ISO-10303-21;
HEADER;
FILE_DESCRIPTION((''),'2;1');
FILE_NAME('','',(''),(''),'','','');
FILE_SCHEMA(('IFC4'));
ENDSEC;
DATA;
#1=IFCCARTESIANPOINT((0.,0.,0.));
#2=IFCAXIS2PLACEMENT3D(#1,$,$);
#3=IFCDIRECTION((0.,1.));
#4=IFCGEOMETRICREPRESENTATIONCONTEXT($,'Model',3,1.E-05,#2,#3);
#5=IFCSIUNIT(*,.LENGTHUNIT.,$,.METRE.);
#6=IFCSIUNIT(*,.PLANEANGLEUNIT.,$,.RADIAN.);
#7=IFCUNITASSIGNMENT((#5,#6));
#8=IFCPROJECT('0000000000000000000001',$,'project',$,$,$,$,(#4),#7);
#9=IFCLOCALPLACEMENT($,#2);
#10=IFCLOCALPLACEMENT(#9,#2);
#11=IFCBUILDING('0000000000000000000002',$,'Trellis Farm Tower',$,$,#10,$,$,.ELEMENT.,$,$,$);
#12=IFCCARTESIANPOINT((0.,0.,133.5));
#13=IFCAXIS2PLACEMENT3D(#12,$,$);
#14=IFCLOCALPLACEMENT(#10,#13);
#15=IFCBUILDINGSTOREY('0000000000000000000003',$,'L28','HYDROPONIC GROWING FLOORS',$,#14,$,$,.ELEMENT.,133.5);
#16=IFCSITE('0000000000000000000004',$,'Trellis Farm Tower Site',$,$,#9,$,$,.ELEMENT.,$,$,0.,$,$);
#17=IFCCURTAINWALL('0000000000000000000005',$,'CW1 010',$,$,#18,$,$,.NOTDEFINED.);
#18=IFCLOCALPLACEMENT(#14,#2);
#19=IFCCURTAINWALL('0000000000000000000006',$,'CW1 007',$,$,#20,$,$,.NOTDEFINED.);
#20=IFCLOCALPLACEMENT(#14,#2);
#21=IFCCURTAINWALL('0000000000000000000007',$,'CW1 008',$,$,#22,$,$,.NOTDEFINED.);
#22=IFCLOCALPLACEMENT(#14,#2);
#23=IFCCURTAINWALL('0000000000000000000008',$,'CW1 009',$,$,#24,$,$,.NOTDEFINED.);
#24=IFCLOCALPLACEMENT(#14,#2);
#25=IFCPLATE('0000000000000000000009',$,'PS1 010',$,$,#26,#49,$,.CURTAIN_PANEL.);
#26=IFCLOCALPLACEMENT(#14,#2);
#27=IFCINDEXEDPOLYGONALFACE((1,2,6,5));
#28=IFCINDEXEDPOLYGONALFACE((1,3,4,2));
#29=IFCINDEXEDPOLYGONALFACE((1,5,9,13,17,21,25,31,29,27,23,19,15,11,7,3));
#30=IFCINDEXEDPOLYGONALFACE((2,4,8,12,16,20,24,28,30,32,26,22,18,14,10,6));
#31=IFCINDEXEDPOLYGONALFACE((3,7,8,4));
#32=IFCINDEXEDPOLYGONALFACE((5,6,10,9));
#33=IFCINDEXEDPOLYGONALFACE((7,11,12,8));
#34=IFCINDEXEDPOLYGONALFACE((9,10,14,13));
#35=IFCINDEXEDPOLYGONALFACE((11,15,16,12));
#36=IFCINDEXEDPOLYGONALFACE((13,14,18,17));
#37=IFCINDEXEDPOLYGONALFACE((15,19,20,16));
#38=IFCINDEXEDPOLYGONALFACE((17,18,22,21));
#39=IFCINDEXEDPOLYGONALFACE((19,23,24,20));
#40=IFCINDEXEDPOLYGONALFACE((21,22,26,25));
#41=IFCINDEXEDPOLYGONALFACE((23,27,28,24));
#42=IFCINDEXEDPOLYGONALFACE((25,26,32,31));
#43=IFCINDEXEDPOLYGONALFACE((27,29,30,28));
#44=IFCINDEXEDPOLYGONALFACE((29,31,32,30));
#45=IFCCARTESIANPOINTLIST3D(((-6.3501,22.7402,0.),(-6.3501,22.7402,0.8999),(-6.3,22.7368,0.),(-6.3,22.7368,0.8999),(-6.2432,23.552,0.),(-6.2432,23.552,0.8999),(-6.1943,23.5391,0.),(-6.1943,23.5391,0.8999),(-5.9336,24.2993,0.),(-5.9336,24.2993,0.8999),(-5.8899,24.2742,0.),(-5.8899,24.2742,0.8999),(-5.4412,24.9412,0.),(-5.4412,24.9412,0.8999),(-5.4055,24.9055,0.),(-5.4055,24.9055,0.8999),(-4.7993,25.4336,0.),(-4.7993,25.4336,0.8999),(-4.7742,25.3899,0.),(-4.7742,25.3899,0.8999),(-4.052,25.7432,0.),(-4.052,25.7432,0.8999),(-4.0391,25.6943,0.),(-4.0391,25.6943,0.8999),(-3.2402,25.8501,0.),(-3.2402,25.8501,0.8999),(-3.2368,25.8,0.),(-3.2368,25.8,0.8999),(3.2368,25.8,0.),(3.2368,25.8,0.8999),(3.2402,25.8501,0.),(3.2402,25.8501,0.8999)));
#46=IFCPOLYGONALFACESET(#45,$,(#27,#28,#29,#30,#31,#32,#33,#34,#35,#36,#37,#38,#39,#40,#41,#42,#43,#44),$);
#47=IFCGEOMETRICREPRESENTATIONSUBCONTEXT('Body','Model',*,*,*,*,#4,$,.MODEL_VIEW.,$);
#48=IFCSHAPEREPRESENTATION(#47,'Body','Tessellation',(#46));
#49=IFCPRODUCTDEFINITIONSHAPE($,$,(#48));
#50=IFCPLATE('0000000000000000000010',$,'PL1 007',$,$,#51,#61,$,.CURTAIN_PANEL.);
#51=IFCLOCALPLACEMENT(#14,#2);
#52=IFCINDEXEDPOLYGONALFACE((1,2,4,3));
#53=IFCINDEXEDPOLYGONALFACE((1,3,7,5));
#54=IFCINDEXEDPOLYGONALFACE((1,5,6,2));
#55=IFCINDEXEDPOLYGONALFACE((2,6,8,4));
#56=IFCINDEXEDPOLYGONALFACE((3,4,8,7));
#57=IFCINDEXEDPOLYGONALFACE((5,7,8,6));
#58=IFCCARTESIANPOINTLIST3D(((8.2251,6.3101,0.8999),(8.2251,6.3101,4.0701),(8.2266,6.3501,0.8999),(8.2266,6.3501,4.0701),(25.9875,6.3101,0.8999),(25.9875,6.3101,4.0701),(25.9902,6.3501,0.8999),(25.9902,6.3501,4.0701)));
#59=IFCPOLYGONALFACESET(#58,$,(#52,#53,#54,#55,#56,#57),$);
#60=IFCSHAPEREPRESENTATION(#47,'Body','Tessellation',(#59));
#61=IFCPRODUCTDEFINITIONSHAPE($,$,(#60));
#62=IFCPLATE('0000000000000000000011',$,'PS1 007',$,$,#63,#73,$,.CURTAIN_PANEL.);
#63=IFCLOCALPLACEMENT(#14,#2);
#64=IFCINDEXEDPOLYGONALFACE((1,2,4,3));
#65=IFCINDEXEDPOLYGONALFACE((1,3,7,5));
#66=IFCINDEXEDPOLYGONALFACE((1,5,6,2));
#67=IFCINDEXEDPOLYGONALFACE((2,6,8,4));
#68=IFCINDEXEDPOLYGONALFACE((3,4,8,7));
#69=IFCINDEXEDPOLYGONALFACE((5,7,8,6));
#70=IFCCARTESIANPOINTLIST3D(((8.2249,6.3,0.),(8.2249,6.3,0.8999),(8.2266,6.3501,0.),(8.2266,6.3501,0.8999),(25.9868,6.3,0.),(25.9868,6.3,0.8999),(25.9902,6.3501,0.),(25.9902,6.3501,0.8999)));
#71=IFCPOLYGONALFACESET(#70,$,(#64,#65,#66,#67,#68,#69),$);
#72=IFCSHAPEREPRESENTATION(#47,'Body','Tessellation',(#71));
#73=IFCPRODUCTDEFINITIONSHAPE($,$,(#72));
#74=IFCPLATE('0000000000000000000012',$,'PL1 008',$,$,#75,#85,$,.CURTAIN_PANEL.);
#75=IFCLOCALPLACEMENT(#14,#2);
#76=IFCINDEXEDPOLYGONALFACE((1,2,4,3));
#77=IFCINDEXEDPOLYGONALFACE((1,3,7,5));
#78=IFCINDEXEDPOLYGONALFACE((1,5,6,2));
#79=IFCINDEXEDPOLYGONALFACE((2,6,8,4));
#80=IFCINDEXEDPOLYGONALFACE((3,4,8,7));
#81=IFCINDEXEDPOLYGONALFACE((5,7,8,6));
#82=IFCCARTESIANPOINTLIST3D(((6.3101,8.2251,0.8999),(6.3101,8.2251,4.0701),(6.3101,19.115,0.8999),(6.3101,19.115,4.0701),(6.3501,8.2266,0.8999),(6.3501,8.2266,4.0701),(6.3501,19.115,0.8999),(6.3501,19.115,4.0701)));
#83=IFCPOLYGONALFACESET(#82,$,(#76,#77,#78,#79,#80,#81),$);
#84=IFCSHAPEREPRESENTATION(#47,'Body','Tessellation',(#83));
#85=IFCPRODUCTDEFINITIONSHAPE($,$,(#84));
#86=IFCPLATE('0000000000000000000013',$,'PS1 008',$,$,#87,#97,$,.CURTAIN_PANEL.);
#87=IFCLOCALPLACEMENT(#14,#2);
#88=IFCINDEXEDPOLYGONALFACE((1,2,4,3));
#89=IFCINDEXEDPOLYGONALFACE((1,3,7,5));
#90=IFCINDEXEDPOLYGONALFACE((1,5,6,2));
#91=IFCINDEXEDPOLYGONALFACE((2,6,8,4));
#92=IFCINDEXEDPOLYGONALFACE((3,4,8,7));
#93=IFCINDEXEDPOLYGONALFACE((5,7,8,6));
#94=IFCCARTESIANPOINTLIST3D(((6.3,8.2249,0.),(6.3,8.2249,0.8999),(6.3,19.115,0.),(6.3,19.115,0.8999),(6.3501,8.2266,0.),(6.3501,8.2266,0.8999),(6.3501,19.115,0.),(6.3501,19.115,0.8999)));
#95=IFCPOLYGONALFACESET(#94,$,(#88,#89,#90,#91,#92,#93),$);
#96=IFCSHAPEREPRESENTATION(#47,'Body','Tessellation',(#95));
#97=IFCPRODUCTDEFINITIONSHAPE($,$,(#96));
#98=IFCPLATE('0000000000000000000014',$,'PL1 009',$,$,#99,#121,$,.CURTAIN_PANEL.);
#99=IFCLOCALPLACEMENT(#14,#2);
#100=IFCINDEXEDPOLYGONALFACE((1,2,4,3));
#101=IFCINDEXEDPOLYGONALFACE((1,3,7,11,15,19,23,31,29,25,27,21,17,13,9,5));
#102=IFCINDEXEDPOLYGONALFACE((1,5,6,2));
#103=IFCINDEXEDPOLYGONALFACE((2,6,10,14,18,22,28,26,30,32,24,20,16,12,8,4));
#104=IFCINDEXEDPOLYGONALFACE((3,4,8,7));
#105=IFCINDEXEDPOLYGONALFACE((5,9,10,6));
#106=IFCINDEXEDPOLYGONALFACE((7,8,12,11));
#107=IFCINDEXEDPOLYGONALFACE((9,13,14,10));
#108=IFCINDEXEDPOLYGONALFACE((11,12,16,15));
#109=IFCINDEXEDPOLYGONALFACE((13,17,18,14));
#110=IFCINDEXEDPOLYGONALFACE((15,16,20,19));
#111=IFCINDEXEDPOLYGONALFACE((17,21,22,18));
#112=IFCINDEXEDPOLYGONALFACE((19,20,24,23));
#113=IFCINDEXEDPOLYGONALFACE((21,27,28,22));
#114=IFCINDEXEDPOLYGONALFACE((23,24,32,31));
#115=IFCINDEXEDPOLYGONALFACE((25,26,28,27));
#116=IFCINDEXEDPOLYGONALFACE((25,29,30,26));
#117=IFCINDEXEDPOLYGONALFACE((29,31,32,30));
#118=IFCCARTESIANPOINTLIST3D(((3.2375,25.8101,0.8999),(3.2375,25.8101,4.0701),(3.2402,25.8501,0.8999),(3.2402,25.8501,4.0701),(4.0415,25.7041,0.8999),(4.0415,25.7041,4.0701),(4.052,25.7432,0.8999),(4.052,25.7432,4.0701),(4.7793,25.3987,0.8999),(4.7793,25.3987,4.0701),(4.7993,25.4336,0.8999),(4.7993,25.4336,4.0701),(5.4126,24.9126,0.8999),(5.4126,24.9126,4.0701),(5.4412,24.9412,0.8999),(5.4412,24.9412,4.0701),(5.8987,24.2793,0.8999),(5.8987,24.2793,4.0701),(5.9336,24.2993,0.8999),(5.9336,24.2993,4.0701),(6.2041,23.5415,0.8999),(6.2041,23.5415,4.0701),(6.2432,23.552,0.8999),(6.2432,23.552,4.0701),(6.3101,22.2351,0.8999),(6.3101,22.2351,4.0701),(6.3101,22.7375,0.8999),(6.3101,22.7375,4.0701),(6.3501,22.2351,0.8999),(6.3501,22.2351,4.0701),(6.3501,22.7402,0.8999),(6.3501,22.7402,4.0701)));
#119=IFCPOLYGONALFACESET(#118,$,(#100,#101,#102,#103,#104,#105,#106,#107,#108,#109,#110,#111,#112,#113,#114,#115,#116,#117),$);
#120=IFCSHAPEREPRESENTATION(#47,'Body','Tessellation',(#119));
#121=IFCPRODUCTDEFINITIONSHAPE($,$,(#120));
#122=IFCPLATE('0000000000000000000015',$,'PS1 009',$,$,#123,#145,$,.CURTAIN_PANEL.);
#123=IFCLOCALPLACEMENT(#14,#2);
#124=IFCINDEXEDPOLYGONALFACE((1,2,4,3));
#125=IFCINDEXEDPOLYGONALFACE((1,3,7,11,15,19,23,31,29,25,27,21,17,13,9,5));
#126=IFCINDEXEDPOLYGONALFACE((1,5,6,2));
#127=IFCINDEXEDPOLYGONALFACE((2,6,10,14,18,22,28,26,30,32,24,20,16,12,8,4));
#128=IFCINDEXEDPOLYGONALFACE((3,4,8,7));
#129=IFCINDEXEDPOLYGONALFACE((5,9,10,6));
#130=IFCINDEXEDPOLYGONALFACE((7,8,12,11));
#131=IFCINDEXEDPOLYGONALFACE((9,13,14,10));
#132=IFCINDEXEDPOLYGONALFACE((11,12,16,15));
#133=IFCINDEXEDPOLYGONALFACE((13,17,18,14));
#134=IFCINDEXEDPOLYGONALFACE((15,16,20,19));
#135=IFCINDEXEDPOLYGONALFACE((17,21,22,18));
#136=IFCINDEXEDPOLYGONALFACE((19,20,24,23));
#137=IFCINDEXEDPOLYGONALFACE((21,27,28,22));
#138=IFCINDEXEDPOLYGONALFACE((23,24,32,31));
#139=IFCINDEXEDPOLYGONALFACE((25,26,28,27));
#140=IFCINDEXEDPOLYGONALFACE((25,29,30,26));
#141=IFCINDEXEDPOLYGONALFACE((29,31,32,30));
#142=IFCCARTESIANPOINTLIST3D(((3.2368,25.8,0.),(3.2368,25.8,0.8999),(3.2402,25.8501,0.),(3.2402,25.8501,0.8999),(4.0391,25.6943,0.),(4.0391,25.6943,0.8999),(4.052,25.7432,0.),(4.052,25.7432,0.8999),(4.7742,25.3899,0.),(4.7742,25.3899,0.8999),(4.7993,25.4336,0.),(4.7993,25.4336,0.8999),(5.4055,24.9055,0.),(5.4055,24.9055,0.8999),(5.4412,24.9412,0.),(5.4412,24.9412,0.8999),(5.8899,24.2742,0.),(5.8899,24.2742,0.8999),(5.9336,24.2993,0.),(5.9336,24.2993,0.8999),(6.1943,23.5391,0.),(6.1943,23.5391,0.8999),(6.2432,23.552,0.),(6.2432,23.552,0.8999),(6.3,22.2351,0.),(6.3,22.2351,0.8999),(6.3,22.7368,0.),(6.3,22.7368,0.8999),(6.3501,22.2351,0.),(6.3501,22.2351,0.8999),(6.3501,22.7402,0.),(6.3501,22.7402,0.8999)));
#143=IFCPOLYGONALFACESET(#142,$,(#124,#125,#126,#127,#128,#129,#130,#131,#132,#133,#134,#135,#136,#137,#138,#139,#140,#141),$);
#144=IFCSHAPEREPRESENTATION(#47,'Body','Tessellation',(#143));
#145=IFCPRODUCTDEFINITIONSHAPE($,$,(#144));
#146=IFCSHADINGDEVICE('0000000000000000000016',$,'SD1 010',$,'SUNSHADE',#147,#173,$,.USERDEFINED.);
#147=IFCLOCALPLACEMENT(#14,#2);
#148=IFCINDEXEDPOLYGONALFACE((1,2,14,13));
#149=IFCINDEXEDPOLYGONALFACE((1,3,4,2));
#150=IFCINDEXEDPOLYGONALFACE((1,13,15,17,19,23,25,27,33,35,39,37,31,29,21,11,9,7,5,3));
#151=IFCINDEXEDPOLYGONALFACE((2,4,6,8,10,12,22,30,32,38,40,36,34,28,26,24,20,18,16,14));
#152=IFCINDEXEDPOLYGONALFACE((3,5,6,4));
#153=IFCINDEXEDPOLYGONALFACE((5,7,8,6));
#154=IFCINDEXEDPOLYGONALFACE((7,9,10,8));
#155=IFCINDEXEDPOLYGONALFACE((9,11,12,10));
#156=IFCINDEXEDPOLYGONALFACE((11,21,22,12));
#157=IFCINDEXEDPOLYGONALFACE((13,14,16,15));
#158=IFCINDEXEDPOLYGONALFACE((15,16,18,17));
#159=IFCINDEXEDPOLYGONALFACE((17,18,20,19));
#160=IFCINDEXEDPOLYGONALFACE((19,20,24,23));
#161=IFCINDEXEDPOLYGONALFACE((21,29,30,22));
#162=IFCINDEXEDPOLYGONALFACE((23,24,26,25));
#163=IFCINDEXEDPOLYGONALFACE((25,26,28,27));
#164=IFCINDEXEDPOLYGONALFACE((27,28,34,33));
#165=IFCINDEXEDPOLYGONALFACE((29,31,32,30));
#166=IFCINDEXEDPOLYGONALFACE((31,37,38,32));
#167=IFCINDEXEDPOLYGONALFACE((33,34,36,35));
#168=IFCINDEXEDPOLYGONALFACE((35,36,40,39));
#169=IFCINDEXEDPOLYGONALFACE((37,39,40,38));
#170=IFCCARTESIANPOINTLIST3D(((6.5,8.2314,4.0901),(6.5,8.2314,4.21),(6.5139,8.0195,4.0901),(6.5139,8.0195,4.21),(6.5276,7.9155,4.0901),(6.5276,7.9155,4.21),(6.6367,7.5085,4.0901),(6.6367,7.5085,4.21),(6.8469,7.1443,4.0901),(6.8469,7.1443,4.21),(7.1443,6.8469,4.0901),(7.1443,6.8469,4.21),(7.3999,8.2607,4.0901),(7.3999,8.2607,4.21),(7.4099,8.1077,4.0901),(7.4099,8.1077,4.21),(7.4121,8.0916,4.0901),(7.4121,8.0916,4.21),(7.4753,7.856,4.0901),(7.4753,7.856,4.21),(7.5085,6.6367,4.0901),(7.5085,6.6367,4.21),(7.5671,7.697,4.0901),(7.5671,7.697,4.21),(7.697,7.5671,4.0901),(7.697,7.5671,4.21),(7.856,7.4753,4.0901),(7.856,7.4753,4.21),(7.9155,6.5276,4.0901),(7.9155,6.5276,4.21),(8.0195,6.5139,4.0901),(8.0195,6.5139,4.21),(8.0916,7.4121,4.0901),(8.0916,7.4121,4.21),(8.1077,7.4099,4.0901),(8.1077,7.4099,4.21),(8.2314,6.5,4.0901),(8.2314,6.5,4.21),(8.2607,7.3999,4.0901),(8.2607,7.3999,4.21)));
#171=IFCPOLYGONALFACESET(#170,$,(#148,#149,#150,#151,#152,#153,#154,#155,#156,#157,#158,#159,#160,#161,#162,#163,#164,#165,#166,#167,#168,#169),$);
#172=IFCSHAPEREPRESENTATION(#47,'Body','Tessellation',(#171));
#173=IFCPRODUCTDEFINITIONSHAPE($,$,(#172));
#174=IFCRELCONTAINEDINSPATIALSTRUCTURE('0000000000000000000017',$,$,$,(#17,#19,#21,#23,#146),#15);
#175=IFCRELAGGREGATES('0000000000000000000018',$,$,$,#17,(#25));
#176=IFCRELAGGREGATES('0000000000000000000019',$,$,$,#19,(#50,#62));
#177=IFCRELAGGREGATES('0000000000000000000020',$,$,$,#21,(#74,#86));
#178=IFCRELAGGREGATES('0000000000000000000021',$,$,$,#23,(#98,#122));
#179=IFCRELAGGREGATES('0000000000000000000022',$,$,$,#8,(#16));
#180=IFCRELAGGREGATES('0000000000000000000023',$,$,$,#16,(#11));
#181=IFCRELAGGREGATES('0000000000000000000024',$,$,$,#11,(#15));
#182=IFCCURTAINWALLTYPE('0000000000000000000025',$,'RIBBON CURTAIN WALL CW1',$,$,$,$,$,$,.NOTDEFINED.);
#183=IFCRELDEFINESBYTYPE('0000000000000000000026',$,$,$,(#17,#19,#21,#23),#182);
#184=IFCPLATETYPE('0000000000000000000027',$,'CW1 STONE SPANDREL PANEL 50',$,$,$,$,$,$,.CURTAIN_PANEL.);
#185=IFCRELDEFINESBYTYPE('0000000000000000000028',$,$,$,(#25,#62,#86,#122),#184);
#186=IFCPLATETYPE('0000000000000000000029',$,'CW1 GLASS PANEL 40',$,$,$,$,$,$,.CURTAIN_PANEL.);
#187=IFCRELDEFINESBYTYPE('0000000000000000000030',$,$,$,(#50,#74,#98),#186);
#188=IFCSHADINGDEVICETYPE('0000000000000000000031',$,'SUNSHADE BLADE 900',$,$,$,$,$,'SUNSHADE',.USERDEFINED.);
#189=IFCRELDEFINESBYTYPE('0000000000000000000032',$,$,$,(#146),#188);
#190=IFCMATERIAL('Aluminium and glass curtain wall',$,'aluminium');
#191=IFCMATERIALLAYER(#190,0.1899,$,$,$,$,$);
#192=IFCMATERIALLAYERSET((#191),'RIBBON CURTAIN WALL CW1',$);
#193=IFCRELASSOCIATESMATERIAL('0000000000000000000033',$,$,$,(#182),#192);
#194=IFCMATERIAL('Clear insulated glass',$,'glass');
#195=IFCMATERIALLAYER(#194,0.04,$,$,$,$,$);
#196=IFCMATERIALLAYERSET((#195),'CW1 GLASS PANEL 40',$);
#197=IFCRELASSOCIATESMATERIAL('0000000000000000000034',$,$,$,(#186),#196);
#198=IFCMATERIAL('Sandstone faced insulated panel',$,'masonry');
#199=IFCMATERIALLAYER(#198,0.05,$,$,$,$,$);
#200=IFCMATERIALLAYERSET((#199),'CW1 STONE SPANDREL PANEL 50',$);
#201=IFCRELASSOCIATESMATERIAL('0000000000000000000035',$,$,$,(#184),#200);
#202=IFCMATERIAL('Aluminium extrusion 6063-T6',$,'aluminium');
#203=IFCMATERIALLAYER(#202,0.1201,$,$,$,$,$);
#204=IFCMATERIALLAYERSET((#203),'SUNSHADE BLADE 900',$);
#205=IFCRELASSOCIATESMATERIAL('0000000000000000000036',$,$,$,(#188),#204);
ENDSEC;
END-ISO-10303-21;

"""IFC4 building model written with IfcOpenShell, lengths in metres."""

from ifc_helpers import new_model, si_unit, direction, frame, origin, place, context, subcontext, project, spatial, polyline, outline, extrude, source, transform, mapped, material, layer, layer_set, type_object, element, aggregate, save


model = new_model("IFC4")

# Units and contexts
model_context = context("Model", 3, precision=1e-05, world=origin(), true_north=direction((0.0, 1.0)))
body_context = subcontext(model_context, "Body", "Model", "MODEL_VIEW")
ifc_project = project(units=[si_unit("LENGTHUNIT", "METRE"), si_unit("PLANEANGLEUNIT", "RADIAN")], contexts=[model_context])

# Site, building, storey
site_placement = place(None, origin())
site = spatial("IfcSite", under=ifc_project, at=site_placement, Name="Trellis Farm Tower Site", CompositionType="ELEMENT", RefElevation=0.0)
building_placement = place(site_placement, origin())
building = spatial("IfcBuilding", under=site, at=building_placement, Name="Trellis Farm Tower", CompositionType="ELEMENT")
storey_placement = place(building_placement, frame((0.0, 0.0, 133.5)))
storey = spatial("IfcBuildingStorey", under=building, at=storey_placement, Name="L28", Description="HYDROPONIC GROWING FLOORS", CompositionType="ELEMENT", Elevation=133.5)

# Curtain walls
ifc_material_1 = material(Name="Aluminium and glass curtain wall", Category="aluminium")
placement_1 = place(storey_placement, origin())
ifc_material_2 = material(Name="Aluminium extrusion 6063-T6", Category="aluminium")
ifc_layer_1 = layer(ifc_material_1, 0.1899)
ifc_layer_set_1 = layer_set([ifc_layer_1], Name="RIBBON CURTAIN WALL CW1")
curtain_wall_type_1 = type_object("IfcCurtainWallType", Name="RIBBON CURTAIN WALL CW1", PredefinedType="NOTDEFINED", material=ifc_layer_set_1)
curtain_wall_1 = element("IfcCurtainWall", 1, at=placement_1, inside=storey, type_object=curtain_wall_type_1, Name="CW1 010", PredefinedType="NOTDEFINED")
curtain_wall_2 = element("IfcCurtainWall", 2, at=placement_1, inside=storey, type_object=curtain_wall_type_1, Name="CW1 007", PredefinedType="NOTDEFINED")
curtain_wall_3 = element("IfcCurtainWall", 3, at=placement_1, inside=storey, type_object=curtain_wall_type_1, Name="CW1 008", PredefinedType="NOTDEFINED")
curtain_wall_4 = element("IfcCurtainWall", 4, at=placement_1, inside=storey, type_object=curtain_wall_type_1, Name="CW1 009", PredefinedType="NOTDEFINED")

# Plates
ifc_material_3 = material(Name="Clear insulated glass", Category="glass")
ifc_layer_2 = layer(ifc_material_3, 0.04)
ifc_layer_set_2 = layer_set([ifc_layer_2], Name="CW1 GLASS PANEL 40")
plate_type_1 = type_object("IfcPlateType", Name="CW1 GLASS PANEL 40", PredefinedType="CURTAIN_PANEL", material=ifc_layer_set_2)
placement_2 = place(storey_placement, frame((0.0, 0.0, 0.8999)))
ifc_material_4 = material(Name="Sandstone faced insulated panel", Category="masonry")
ifc_layer_3 = layer(ifc_material_4, 0.05)
ifc_layer_set_3 = layer_set([ifc_layer_3], Name="CW1 STONE SPANDREL PANEL 50")
plate_type_2 = type_object("IfcPlateType", Name="CW1 STONE SPANDREL PANEL 50", PredefinedType="CURTAIN_PANEL", material=ifc_layer_set_3)
shared_shape_1 = source(origin(), body_context, "Body", "SweptSolid", [
    extrude(outline(polyline([(3.2402, 25.8501), (-3.2402, 25.8501), (-4.052, 25.7432), (-4.7993, 25.4336), (-5.4412, 24.9412), (-5.9336, 24.2993), (-6.2432, 23.552), (-6.3501, 22.7402), (-6.3, 22.7368), (-6.1943, 23.5391), (-5.8899, 24.2742), (-5.4055, 24.9055), (-4.7742, 25.3899), (-4.0391, 25.6943), (-3.2368, 25.8), (3.2368, 25.8), (3.2402, 25.8501)])), origin(), (0.0, 0.0, 1.0), 0.8999),
])
plate_1 = element("IfcPlate", 5, at=placement_1, type_object=plate_type_2, Name="PS1 010", PredefinedType="CURTAIN_PANEL", context=body_context, shape_type="MappedRepresentation", body=[
    mapped(shared_shape_1, transform((0.0, 0.0, 0.0))),
])
aggregate(curtain_wall_1, [plate_1])
shared_shape_2 = source(origin(), body_context, "Body", "SweptSolid", [
    extrude(outline(polyline([(25.9902, 6.3501), (8.2266, 6.3501), (8.2251, 6.3101), (25.9875, 6.3101), (25.9902, 6.3501)])), origin(), (0.0, 0.0, 1.0), 3.1702),
])
plate_2 = element("IfcPlate", 6, at=placement_2, type_object=plate_type_1, Name="PL1 007", PredefinedType="CURTAIN_PANEL", context=body_context, shape_type="MappedRepresentation", body=[
    mapped(shared_shape_2, transform((0.0, 0.0, 0.0))),
])
shared_shape_3 = source(origin(), body_context, "Body", "SweptSolid", [
    extrude(outline(polyline([(25.9902, 6.3501), (8.2266, 6.3501), (8.2249, 6.3), (25.9868, 6.3), (25.9902, 6.3501)])), origin(), (0.0, 0.0, 1.0), 0.8999),
])
plate_3 = element("IfcPlate", 7, at=placement_1, type_object=plate_type_2, Name="PS1 007", PredefinedType="CURTAIN_PANEL", context=body_context, shape_type="MappedRepresentation", body=[
    mapped(shared_shape_3, transform((0.0, 0.0, 0.0))),
])
aggregate(curtain_wall_2, [plate_2, plate_3])
shared_shape_4 = source(origin(), body_context, "Body", "SweptSolid", [
    extrude(outline(polyline([(6.3501, 8.2266), (6.3501, 19.115), (6.3101, 19.115), (6.3101, 8.2251), (6.3501, 8.2266)])), origin(), (0.0, 0.0, 1.0), 3.1702),
])
plate_4 = element("IfcPlate", 8, at=placement_2, type_object=plate_type_1, Name="PL1 008", PredefinedType="CURTAIN_PANEL", context=body_context, shape_type="MappedRepresentation", body=[
    mapped(shared_shape_4, transform((0.0, 0.0, 0.0))),
])
shared_shape_5 = source(origin(), body_context, "Body", "SweptSolid", [
    extrude(outline(polyline([(6.3501, 8.2266), (6.3501, 19.115), (6.3, 19.115), (6.3, 8.2249), (6.3501, 8.2266)])), origin(), (0.0, 0.0, 1.0), 0.8999),
])
plate_5 = element("IfcPlate", 9, at=placement_1, type_object=plate_type_2, Name="PS1 008", PredefinedType="CURTAIN_PANEL", context=body_context, shape_type="MappedRepresentation", body=[
    mapped(shared_shape_5, transform((0.0, 0.0, 0.0))),
])
aggregate(curtain_wall_3, [plate_4, plate_5])
shared_shape_6 = source(origin(), body_context, "Body", "SweptSolid", [
    extrude(outline(polyline([(6.3501, 22.2351), (6.3501, 22.7402), (6.2432, 23.552), (5.9336, 24.2993), (5.4412, 24.9412), (4.7993, 25.4336), (4.052, 25.7432), (3.2402, 25.8501), (3.2375, 25.8101), (4.0415, 25.7041), (4.7793, 25.3987), (5.4126, 24.9126), (5.8987, 24.2793), (6.2041, 23.5415), (6.3101, 22.7375), (6.3101, 22.2351), (6.3501, 22.2351)])), origin(), (0.0, 0.0, 1.0), 3.1702),
])
plate_6 = element("IfcPlate", 10, at=placement_2, type_object=plate_type_1, Name="PL1 009", PredefinedType="CURTAIN_PANEL", context=body_context, shape_type="MappedRepresentation", body=[
    mapped(shared_shape_6, transform((0.0, 0.0, 0.0))),
])
shared_shape_7 = source(origin(), body_context, "Body", "SweptSolid", [
    extrude(outline(polyline([(6.3501, 22.2351), (6.3501, 22.7402), (6.2432, 23.552), (5.9336, 24.2993), (5.4412, 24.9412), (4.7993, 25.4336), (4.052, 25.7432), (3.2402, 25.8501), (3.2368, 25.8), (4.0391, 25.6943), (4.7742, 25.3899), (5.4055, 24.9055), (5.8899, 24.2742), (6.1943, 23.5391), (6.3, 22.7368), (6.3, 22.2351), (6.3501, 22.2351)])), origin(), (0.0, 0.0, 1.0), 0.8999),
])
plate_7 = element("IfcPlate", 11, at=placement_1, type_object=plate_type_2, Name="PS1 009", PredefinedType="CURTAIN_PANEL", context=body_context, shape_type="MappedRepresentation", body=[
    mapped(shared_shape_7, transform((0.0, 0.0, 0.0))),
])
aggregate(curtain_wall_4, [plate_6, plate_7])

# Shading device
ifc_layer_4 = layer(ifc_material_2, 0.1201)
ifc_layer_set_4 = layer_set([ifc_layer_4], Name="SUNSHADE BLADE 900")
shading_device_type_1 = type_object("IfcShadingDeviceType", Name="SUNSHADE BLADE 900", ElementType="SUNSHADE", PredefinedType="USERDEFINED", material=ifc_layer_set_4)
shared_shape_8 = source(origin(), body_context, "Body", "SweptSolid", [
    extrude(outline(polyline([(8.2607, 7.3999), (8.1077, 7.4099), (8.0916, 7.4121), (7.856, 7.4753), (7.697, 7.5671), (7.5671, 7.697), (7.4753, 7.856), (7.4121, 8.0916), (7.4099, 8.1077), (7.3999, 8.2607), (6.5, 8.2314), (6.5139, 8.0195), (6.5276, 7.9155), (6.6367, 7.5085), (6.8469, 7.1443), (7.1443, 6.8469), (7.5085, 6.6367), (7.9155, 6.5276), (8.0195, 6.5139), (8.2314, 6.5), (8.2607, 7.3999)])), origin(), (0.0, 0.0, 1.0), 0.1199),
])
placement_3 = place(storey_placement, frame((0.0, 0.0, 4.0901)))
element("IfcShadingDevice", 12, at=placement_3, inside=storey, type_object=shading_device_type_1, Name="SD1 010", ObjectType="SUNSHADE", PredefinedType="USERDEFINED", context=body_context, shape_type="MappedRepresentation", body=[
    mapped(shared_shape_8, transform((0.0, 0.0, 0.0))),
])

save(model, "model.ifc")
